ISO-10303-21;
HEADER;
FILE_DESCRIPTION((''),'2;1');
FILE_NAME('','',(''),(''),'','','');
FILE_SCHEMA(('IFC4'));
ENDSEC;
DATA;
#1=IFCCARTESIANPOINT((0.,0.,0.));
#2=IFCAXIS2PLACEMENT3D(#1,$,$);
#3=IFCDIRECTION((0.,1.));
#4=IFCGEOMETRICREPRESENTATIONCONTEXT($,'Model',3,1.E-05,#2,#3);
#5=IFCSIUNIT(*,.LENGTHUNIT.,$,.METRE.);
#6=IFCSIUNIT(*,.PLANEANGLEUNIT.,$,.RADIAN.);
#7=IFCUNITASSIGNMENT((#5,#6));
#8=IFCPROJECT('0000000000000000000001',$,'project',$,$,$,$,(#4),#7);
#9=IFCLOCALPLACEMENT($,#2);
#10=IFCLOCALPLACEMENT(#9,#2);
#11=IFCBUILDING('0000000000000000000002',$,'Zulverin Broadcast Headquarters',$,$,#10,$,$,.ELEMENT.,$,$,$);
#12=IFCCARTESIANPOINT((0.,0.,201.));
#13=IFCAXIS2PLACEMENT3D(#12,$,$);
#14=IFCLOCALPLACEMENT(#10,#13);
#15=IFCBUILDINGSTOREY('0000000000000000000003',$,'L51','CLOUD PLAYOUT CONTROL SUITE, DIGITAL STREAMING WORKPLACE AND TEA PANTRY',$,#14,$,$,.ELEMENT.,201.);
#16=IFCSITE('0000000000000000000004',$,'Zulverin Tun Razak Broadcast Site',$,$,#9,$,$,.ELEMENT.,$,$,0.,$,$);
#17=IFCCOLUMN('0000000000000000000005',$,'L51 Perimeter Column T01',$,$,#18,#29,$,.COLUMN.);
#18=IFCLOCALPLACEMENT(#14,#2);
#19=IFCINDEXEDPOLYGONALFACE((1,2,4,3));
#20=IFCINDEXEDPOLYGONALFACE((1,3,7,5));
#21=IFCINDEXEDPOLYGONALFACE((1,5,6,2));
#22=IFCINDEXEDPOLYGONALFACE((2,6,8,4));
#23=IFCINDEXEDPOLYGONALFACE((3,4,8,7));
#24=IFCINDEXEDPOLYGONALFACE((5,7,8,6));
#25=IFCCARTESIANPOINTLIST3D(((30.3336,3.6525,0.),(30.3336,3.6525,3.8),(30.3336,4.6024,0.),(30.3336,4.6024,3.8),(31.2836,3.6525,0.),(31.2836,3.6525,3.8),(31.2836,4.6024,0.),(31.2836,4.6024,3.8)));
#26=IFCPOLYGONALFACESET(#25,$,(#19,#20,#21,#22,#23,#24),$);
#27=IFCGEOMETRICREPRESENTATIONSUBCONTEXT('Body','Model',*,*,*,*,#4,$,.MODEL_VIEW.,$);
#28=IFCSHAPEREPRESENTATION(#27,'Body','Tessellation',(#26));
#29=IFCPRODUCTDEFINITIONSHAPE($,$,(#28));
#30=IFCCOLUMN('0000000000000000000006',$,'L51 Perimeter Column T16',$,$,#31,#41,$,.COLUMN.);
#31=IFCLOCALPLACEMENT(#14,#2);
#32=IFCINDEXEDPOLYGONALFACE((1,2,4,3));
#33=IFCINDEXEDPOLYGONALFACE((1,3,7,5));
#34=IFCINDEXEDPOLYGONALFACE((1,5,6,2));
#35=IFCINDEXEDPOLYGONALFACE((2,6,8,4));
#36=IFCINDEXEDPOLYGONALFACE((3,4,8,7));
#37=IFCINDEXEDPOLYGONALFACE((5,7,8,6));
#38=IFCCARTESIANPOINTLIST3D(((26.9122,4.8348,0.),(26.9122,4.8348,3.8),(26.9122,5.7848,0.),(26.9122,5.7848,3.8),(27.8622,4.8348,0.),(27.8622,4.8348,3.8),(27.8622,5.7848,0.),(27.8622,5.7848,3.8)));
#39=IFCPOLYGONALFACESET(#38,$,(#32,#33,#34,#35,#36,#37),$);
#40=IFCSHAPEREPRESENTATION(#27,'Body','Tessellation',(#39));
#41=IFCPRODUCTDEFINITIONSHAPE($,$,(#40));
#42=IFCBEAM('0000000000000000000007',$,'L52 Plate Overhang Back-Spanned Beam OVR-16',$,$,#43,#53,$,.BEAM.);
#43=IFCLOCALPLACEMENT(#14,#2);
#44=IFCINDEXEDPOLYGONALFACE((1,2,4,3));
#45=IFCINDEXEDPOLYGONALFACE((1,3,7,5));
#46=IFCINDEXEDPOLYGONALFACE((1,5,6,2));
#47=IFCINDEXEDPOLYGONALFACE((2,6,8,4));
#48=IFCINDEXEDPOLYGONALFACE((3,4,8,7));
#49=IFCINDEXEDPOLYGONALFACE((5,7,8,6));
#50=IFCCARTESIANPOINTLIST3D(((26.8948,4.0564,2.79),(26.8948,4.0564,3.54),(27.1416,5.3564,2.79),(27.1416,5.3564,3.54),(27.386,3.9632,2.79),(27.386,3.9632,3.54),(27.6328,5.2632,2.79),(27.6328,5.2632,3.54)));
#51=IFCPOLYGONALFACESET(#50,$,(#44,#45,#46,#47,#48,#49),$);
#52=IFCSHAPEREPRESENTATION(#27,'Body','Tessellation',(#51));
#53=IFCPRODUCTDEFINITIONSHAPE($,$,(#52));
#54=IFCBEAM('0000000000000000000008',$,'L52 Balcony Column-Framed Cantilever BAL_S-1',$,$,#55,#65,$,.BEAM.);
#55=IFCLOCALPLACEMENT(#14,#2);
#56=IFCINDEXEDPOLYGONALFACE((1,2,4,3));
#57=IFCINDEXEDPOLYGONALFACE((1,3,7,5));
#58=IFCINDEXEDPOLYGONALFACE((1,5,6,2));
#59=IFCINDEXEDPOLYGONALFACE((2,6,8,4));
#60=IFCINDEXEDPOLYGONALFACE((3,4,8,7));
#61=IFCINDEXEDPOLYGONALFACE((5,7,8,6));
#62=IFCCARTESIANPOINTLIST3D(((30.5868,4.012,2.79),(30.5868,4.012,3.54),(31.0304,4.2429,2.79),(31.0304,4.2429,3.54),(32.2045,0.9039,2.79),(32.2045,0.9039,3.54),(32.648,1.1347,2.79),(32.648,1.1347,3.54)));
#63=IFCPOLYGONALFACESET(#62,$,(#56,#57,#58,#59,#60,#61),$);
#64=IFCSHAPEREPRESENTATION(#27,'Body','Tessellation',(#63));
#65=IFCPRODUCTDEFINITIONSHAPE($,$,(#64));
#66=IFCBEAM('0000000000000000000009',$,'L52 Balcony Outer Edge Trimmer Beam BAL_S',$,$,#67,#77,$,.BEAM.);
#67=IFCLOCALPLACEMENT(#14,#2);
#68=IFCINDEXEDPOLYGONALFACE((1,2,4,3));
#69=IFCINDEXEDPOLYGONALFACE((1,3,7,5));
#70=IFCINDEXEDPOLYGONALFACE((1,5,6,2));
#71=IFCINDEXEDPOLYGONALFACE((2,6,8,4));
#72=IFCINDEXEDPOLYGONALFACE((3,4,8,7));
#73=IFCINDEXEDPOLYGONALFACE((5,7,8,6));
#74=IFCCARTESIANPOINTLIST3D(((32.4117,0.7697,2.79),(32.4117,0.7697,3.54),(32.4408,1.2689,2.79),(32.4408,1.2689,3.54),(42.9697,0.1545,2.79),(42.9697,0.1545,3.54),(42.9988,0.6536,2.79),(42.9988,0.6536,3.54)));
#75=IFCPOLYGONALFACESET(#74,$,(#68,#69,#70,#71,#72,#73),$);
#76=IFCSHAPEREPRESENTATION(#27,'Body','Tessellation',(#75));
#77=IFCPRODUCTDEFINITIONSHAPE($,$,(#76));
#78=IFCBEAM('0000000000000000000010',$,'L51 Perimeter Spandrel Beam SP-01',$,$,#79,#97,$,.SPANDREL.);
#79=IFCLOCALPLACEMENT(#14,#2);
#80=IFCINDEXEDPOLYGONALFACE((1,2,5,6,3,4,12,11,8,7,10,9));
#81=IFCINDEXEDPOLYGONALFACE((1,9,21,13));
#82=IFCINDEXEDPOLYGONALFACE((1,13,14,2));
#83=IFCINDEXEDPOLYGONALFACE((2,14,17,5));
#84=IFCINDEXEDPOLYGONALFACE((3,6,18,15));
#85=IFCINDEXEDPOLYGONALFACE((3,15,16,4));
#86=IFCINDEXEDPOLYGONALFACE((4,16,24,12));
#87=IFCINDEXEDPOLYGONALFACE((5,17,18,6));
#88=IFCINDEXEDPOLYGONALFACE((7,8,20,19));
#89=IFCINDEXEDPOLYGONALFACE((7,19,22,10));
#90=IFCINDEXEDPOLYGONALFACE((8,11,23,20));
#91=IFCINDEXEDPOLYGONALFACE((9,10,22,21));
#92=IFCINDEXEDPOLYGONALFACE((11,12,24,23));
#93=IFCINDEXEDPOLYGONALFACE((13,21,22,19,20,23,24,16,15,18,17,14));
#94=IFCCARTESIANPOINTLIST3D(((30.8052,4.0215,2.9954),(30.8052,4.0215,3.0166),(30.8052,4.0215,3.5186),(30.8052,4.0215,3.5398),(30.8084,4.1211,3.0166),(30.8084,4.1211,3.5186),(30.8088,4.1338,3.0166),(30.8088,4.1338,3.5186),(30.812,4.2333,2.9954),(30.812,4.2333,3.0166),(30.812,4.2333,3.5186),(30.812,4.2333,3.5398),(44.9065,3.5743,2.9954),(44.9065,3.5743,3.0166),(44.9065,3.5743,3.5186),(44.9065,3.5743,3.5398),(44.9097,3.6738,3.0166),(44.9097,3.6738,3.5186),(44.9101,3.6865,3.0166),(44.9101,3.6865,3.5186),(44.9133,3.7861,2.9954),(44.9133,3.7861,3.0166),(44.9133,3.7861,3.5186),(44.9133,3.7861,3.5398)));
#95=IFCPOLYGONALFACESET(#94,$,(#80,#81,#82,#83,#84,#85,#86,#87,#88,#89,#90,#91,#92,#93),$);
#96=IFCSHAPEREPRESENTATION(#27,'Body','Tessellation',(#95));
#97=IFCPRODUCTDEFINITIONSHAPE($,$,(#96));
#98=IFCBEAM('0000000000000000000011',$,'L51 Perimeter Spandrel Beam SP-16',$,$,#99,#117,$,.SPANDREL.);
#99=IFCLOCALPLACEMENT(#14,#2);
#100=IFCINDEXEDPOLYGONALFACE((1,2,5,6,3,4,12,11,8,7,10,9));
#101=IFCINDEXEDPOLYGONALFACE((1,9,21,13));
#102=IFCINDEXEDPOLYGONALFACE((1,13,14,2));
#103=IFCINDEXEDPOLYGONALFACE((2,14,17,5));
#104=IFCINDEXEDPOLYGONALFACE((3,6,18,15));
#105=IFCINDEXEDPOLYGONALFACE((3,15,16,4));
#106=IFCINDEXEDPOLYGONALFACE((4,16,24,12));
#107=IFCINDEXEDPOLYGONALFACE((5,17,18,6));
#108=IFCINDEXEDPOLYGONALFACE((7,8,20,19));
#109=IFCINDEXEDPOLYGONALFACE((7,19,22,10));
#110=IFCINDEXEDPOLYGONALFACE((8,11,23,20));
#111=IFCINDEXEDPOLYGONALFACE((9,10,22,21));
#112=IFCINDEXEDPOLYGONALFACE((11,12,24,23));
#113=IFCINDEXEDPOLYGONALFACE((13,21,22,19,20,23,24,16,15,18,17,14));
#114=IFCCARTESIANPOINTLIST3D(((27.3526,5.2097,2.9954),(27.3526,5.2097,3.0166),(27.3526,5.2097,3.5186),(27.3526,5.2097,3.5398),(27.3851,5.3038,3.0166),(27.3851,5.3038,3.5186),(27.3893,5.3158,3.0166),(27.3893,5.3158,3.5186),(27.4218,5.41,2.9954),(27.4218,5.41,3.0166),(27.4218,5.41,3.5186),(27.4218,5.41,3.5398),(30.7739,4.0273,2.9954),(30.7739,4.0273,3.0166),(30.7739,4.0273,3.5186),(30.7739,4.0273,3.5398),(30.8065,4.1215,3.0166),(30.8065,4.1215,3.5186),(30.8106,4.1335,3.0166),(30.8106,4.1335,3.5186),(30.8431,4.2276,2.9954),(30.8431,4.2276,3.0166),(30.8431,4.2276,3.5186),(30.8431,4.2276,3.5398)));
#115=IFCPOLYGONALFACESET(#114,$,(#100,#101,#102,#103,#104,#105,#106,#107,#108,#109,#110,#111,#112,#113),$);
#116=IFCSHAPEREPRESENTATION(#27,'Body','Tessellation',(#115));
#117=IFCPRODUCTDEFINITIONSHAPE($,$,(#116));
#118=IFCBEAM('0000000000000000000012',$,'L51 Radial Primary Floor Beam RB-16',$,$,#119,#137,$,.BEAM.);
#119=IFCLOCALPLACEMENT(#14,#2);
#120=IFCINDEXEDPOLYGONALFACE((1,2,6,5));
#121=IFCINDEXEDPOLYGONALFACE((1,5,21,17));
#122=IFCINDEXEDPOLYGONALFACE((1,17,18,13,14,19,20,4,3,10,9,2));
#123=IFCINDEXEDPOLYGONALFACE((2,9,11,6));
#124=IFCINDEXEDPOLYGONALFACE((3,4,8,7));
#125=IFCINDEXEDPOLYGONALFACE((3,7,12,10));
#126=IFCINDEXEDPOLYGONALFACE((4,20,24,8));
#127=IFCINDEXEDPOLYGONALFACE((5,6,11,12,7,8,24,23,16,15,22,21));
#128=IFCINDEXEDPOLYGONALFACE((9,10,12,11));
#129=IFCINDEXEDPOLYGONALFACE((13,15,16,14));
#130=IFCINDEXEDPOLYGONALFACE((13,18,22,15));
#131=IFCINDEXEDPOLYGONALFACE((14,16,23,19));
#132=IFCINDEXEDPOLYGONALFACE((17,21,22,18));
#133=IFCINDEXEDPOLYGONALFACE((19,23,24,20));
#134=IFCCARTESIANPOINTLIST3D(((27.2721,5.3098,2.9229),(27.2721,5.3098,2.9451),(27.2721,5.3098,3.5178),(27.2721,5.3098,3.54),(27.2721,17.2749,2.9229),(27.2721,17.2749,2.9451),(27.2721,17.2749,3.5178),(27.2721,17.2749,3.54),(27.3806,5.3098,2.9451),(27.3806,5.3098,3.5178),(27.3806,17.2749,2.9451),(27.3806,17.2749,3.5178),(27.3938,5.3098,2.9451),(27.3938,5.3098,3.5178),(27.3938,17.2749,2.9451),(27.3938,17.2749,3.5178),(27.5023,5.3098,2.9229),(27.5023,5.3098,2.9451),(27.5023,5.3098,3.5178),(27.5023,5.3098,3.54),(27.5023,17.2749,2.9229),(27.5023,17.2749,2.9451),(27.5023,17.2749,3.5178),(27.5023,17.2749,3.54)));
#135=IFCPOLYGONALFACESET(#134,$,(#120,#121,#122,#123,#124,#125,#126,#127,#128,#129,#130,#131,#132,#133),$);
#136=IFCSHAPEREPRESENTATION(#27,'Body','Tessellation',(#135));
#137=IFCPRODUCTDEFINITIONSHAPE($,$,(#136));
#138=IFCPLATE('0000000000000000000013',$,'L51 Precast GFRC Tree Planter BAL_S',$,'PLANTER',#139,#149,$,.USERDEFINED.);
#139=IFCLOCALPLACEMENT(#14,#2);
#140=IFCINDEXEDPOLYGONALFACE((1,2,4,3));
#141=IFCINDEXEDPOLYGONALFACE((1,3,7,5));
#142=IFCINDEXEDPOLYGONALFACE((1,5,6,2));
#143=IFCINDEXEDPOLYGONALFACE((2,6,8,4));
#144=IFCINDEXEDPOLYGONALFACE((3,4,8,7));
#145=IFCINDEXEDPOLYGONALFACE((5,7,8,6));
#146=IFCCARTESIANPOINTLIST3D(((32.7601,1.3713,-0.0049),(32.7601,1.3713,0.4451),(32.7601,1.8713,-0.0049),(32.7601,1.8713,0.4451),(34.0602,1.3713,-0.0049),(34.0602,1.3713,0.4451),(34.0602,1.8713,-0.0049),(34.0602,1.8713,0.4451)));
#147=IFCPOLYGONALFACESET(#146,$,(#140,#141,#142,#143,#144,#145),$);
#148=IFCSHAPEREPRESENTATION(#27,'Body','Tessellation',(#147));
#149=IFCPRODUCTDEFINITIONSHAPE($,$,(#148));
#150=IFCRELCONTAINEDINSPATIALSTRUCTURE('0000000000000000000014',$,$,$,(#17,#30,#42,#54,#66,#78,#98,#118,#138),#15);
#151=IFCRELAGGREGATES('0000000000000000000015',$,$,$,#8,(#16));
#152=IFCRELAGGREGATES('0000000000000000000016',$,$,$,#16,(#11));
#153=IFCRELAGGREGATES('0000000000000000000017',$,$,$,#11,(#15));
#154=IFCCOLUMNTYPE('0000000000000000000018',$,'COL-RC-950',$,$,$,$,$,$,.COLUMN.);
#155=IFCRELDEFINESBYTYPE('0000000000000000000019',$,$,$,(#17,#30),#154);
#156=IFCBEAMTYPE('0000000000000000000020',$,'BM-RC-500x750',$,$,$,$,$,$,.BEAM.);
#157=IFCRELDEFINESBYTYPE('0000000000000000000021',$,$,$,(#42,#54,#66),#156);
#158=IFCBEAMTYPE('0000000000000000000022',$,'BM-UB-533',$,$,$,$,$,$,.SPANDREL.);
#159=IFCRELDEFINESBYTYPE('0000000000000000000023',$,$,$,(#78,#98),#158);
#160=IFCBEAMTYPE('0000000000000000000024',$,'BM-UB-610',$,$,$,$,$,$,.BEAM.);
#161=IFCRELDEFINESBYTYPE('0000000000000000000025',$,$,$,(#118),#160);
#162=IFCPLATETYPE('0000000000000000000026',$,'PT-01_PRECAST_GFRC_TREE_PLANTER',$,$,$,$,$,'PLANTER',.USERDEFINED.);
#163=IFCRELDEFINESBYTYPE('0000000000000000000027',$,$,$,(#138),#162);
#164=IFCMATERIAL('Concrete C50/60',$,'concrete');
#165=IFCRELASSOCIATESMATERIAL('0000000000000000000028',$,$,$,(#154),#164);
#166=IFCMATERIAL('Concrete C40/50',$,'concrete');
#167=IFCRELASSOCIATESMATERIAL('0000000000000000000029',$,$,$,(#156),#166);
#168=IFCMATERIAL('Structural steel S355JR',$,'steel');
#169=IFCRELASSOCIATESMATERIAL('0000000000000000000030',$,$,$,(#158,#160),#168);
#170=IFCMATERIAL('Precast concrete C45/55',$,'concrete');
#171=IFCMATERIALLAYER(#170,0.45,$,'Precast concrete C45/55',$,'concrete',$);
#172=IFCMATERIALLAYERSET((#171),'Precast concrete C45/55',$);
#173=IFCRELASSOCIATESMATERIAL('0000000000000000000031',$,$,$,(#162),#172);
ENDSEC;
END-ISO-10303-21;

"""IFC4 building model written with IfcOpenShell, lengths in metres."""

from ifc_helpers import new_model, si_unit, direction, frame, origin, origin_2d, place, context, subcontext, project, spatial, rectangle, i_section, extrude, material, layer, layer_set, material_profile, profile_set, type_object, element, save


model = new_model("IFC4")

# Units and contexts
model_context = context("Model", 3, precision=1e-05, world=origin(), true_north=direction((0.0, 1.0)))
body_context = subcontext(model_context, "Body", "Model", "MODEL_VIEW")
ifc_project = project(units=[si_unit("LENGTHUNIT", "METRE"), si_unit("PLANEANGLEUNIT", "RADIAN")], contexts=[model_context])

# Site, building, storey
site_placement = place(None, origin())
site = spatial("IfcSite", under=ifc_project, at=site_placement, Name="Zulverin Tun Razak Broadcast Site", CompositionType="ELEMENT", RefElevation=0.0)
building_placement = place(site_placement, origin())
building = spatial("IfcBuilding", under=site, at=building_placement, Name="Zulverin Broadcast Headquarters", CompositionType="ELEMENT")
storey_placement = place(building_placement, frame((0.0, 0.0, 201.0)))
storey = spatial("IfcBuildingStorey", under=building, at=storey_placement, Name="L51", Description="CLOUD PLAYOUT CONTROL SUITE, DIGITAL STREAMING WORKPLACE AND TEA PANTRY", CompositionType="ELEMENT", Elevation=201.0)

# Columns
ifc_material_1 = material(Name="Concrete C50/60", Category="concrete")
ifc_material_profile_1 = material_profile(ifc_material_1, rectangle(XDim=0.95, YDim=0.95, at=origin_2d()), Name="Concrete C50/60", Category="concrete")
ifc_profile_set_1 = profile_set([ifc_material_profile_1], Name="Concrete C50/60")
column_type = type_object("IfcColumnType", Name="COL-RC-950", PredefinedType="COLUMN", material=ifc_profile_set_1)
for number, where, z_axis, x_axis, name in (
    (1, (30.8086, 4.1274, 0.0), (0.0, 0.0, 1.0), (1.0, 0.0, 0.0), "L51 Perimeter Column T01"),
    (2, (27.3872, 5.3098, 0.0), (0.0, 0.0, 1.0), (1.0, 0.0, 0.0), "L51 Perimeter Column T16"),
):
    element("IfcColumn", number, at=place(storey_placement, frame(where, z_axis=z_axis, x_axis=x_axis)), inside=storey, type_object=column_type, Name=name, PredefinedType="COLUMN", context=body_context, shape_type="SweptSolid", body=[
        extrude(rectangle(XDim=0.95, YDim=0.95, at=origin_2d()), origin(), (0.0, 0.0, 1.0), 3.8),
    ])

# Beams
ifc_material_2 = material(Name="Concrete C40/50", Category="concrete")
ifc_material_profile_2 = material_profile(ifc_material_2, rectangle(XDim=0.5, YDim=0.75, at=origin_2d()), Name="Concrete C40/50", Category="concrete")
ifc_profile_set_2 = profile_set([ifc_material_profile_2], Name="Concrete C40/50")
beam_type_1 = type_object("IfcBeamType", Name="BM-RC-500x750", PredefinedType="BEAM", material=ifc_profile_set_2)
beam_1_placement = place(storey_placement, frame((27.3872, 5.3098, 3.165), z_axis=(-0.186527, -0.98245, 0.0), x_axis=(0.98245, -0.186527, 0.0)))
element("IfcBeam", 3, at=beam_1_placement, inside=storey, type_object=beam_type_1, Name="L52 Plate Overhang Back-Spanned Beam OVR-16", PredefinedType="BEAM", context=body_context, shape_type="SweptSolid", body=[
    extrude(rectangle(XDim=0.5, YDim=0.75, at=origin_2d()), origin(), (0.0, 0.0, 1.0), 1.3232),
])
beam_2_placement = place(storey_placement, frame((30.8086, 4.1274, 3.165), z_axis=(0.461675, -0.887049, 0.0), x_axis=(0.887049, 0.461675, 0.0)))
element("IfcBeam", 4, at=beam_2_placement, inside=storey, type_object=beam_type_1, Name="L52 Balcony Column-Framed Cantilever BAL_S-1", PredefinedType="BEAM", context=body_context, shape_type="SweptSolid", body=[
    extrude(rectangle(XDim=0.5, YDim=0.75, at=origin_2d()), origin(), (0.0, 0.0, 1.0), 3.5039),
])
beam_3_placement = place(storey_placement, frame((32.4263, 1.0193, 3.165), z_axis=(0.998307, -0.058173, 0.0), x_axis=(0.058173, 0.998307, 0.0)))
element("IfcBeam", 5, at=beam_3_placement, inside=storey, type_object=beam_type_1, Name="L52 Balcony Outer Edge Trimmer Beam BAL_S", PredefinedType="BEAM", context=body_context, shape_type="SweptSolid", body=[
    extrude(rectangle(XDim=0.5, YDim=0.75, at=origin_2d()), origin(), (0.0, 0.0, 1.0), 10.5759),
])
ifc_material_3 = material(Name="Structural steel S355JR", Category="steel")
ifc_material_profile_3 = material_profile(ifc_material_3, i_section(OverallWidth=0.2119, OverallDepth=0.5444, WebThickness=0.0127, FlangeThickness=0.0212, at=origin_2d()), Name="Structural steel S355JR", Category="steel")
ifc_profile_set_3 = profile_set([ifc_material_profile_3], Name="Structural steel S355JR")
beam_type_2 = type_object("IfcBeamType", Name="BM-UB-533", PredefinedType="SPANDREL", material=ifc_profile_set_3)
beam_4_placement = place(storey_placement, frame((30.8086, 4.1274, 3.2676), z_axis=(0.999497, -0.031702, 0.0), x_axis=(0.031702, 0.999497, 0.0)))
element("IfcBeam", 6, at=beam_4_placement, inside=storey, type_object=beam_type_2, Name="L51 Perimeter Spandrel Beam SP-01", PredefinedType="SPANDREL", context=body_context, shape_type="SweptSolid", body=[
    extrude(i_section(OverallWidth=0.2119, OverallDepth=0.5444, WebThickness=0.0127, FlangeThickness=0.0212, at=origin_2d()), origin(), (0.0, 0.0, 1.0), 14.1084),
])
beam_5_placement = place(storey_placement, frame((27.3872, 5.3098, 3.2676), z_axis=(0.945153, -0.326629, 0.0), x_axis=(0.326629, 0.945153, 0.0)))
element("IfcBeam", 7, at=beam_5_placement, inside=storey, type_object=beam_type_2, Name="L51 Perimeter Spandrel Beam SP-16", PredefinedType="SPANDREL", context=body_context, shape_type="SweptSolid", body=[
    extrude(i_section(OverallWidth=0.2119, OverallDepth=0.5444, WebThickness=0.0127, FlangeThickness=0.0212, at=origin_2d()), origin(), (0.0, 0.0, 1.0), 3.6199),
])
ifc_material_profile_4 = material_profile(ifc_material_3, i_section(OverallWidth=0.2302, OverallDepth=0.6172, WebThickness=0.0132, FlangeThickness=0.0222, at=origin_2d()), Name="Structural steel S355JR", Category="steel")
ifc_profile_set_4 = profile_set([ifc_material_profile_4], Name="Structural steel S355JR")
beam_type_3 = type_object("IfcBeamType", Name="BM-UB-610", PredefinedType="BEAM", material=ifc_profile_set_4)
beam_6_placement = place(storey_placement, frame((27.3872, 17.2749, 3.2314), z_axis=(0.0, -1.0, 0.0), x_axis=(1.0, 0.0, 0.0)))
element("IfcBeam", 8, at=beam_6_placement, inside=storey, type_object=beam_type_3, Name="L51 Radial Primary Floor Beam RB-16", PredefinedType="BEAM", context=body_context, shape_type="SweptSolid", body=[
    extrude(i_section(OverallWidth=0.2302, OverallDepth=0.6172, WebThickness=0.0132, FlangeThickness=0.0222, at=origin_2d()), origin(), (0.0, 0.0, 1.0), 11.9651),
])

# Plate
ifc_material_4 = material(Name="Precast concrete C45/55", Category="concrete")
ifc_layer_1 = layer(ifc_material_4, 0.45, Name="Precast concrete C45/55", Category="concrete")
ifc_layer_set_1 = layer_set([ifc_layer_1], Name="Precast concrete C45/55")
plate_type = type_object("IfcPlateType", Name="PT-01_PRECAST_GFRC_TREE_PLANTER", ElementType="PLANTER", PredefinedType="USERDEFINED", material=ifc_layer_set_1)
plate_placement = place(storey_placement, frame((33.4102, 1.6213, -0.0049), z_axis=(0.0, 0.0, 1.0), x_axis=(1.0, 0.0, 0.0)))
element("IfcPlate", 9, at=plate_placement, inside=storey, type_object=plate_type, Name="L51 Precast GFRC Tree Planter BAL_S", ObjectType="PLANTER", PredefinedType="USERDEFINED", context=body_context, shape_type="SweptSolid", body=[
    extrude(rectangle(XDim=1.3, YDim=0.5, at=origin_2d()), origin(), (0.0, 0.0, 1.0), 0.45),
])

save(model, "model.ifc")
